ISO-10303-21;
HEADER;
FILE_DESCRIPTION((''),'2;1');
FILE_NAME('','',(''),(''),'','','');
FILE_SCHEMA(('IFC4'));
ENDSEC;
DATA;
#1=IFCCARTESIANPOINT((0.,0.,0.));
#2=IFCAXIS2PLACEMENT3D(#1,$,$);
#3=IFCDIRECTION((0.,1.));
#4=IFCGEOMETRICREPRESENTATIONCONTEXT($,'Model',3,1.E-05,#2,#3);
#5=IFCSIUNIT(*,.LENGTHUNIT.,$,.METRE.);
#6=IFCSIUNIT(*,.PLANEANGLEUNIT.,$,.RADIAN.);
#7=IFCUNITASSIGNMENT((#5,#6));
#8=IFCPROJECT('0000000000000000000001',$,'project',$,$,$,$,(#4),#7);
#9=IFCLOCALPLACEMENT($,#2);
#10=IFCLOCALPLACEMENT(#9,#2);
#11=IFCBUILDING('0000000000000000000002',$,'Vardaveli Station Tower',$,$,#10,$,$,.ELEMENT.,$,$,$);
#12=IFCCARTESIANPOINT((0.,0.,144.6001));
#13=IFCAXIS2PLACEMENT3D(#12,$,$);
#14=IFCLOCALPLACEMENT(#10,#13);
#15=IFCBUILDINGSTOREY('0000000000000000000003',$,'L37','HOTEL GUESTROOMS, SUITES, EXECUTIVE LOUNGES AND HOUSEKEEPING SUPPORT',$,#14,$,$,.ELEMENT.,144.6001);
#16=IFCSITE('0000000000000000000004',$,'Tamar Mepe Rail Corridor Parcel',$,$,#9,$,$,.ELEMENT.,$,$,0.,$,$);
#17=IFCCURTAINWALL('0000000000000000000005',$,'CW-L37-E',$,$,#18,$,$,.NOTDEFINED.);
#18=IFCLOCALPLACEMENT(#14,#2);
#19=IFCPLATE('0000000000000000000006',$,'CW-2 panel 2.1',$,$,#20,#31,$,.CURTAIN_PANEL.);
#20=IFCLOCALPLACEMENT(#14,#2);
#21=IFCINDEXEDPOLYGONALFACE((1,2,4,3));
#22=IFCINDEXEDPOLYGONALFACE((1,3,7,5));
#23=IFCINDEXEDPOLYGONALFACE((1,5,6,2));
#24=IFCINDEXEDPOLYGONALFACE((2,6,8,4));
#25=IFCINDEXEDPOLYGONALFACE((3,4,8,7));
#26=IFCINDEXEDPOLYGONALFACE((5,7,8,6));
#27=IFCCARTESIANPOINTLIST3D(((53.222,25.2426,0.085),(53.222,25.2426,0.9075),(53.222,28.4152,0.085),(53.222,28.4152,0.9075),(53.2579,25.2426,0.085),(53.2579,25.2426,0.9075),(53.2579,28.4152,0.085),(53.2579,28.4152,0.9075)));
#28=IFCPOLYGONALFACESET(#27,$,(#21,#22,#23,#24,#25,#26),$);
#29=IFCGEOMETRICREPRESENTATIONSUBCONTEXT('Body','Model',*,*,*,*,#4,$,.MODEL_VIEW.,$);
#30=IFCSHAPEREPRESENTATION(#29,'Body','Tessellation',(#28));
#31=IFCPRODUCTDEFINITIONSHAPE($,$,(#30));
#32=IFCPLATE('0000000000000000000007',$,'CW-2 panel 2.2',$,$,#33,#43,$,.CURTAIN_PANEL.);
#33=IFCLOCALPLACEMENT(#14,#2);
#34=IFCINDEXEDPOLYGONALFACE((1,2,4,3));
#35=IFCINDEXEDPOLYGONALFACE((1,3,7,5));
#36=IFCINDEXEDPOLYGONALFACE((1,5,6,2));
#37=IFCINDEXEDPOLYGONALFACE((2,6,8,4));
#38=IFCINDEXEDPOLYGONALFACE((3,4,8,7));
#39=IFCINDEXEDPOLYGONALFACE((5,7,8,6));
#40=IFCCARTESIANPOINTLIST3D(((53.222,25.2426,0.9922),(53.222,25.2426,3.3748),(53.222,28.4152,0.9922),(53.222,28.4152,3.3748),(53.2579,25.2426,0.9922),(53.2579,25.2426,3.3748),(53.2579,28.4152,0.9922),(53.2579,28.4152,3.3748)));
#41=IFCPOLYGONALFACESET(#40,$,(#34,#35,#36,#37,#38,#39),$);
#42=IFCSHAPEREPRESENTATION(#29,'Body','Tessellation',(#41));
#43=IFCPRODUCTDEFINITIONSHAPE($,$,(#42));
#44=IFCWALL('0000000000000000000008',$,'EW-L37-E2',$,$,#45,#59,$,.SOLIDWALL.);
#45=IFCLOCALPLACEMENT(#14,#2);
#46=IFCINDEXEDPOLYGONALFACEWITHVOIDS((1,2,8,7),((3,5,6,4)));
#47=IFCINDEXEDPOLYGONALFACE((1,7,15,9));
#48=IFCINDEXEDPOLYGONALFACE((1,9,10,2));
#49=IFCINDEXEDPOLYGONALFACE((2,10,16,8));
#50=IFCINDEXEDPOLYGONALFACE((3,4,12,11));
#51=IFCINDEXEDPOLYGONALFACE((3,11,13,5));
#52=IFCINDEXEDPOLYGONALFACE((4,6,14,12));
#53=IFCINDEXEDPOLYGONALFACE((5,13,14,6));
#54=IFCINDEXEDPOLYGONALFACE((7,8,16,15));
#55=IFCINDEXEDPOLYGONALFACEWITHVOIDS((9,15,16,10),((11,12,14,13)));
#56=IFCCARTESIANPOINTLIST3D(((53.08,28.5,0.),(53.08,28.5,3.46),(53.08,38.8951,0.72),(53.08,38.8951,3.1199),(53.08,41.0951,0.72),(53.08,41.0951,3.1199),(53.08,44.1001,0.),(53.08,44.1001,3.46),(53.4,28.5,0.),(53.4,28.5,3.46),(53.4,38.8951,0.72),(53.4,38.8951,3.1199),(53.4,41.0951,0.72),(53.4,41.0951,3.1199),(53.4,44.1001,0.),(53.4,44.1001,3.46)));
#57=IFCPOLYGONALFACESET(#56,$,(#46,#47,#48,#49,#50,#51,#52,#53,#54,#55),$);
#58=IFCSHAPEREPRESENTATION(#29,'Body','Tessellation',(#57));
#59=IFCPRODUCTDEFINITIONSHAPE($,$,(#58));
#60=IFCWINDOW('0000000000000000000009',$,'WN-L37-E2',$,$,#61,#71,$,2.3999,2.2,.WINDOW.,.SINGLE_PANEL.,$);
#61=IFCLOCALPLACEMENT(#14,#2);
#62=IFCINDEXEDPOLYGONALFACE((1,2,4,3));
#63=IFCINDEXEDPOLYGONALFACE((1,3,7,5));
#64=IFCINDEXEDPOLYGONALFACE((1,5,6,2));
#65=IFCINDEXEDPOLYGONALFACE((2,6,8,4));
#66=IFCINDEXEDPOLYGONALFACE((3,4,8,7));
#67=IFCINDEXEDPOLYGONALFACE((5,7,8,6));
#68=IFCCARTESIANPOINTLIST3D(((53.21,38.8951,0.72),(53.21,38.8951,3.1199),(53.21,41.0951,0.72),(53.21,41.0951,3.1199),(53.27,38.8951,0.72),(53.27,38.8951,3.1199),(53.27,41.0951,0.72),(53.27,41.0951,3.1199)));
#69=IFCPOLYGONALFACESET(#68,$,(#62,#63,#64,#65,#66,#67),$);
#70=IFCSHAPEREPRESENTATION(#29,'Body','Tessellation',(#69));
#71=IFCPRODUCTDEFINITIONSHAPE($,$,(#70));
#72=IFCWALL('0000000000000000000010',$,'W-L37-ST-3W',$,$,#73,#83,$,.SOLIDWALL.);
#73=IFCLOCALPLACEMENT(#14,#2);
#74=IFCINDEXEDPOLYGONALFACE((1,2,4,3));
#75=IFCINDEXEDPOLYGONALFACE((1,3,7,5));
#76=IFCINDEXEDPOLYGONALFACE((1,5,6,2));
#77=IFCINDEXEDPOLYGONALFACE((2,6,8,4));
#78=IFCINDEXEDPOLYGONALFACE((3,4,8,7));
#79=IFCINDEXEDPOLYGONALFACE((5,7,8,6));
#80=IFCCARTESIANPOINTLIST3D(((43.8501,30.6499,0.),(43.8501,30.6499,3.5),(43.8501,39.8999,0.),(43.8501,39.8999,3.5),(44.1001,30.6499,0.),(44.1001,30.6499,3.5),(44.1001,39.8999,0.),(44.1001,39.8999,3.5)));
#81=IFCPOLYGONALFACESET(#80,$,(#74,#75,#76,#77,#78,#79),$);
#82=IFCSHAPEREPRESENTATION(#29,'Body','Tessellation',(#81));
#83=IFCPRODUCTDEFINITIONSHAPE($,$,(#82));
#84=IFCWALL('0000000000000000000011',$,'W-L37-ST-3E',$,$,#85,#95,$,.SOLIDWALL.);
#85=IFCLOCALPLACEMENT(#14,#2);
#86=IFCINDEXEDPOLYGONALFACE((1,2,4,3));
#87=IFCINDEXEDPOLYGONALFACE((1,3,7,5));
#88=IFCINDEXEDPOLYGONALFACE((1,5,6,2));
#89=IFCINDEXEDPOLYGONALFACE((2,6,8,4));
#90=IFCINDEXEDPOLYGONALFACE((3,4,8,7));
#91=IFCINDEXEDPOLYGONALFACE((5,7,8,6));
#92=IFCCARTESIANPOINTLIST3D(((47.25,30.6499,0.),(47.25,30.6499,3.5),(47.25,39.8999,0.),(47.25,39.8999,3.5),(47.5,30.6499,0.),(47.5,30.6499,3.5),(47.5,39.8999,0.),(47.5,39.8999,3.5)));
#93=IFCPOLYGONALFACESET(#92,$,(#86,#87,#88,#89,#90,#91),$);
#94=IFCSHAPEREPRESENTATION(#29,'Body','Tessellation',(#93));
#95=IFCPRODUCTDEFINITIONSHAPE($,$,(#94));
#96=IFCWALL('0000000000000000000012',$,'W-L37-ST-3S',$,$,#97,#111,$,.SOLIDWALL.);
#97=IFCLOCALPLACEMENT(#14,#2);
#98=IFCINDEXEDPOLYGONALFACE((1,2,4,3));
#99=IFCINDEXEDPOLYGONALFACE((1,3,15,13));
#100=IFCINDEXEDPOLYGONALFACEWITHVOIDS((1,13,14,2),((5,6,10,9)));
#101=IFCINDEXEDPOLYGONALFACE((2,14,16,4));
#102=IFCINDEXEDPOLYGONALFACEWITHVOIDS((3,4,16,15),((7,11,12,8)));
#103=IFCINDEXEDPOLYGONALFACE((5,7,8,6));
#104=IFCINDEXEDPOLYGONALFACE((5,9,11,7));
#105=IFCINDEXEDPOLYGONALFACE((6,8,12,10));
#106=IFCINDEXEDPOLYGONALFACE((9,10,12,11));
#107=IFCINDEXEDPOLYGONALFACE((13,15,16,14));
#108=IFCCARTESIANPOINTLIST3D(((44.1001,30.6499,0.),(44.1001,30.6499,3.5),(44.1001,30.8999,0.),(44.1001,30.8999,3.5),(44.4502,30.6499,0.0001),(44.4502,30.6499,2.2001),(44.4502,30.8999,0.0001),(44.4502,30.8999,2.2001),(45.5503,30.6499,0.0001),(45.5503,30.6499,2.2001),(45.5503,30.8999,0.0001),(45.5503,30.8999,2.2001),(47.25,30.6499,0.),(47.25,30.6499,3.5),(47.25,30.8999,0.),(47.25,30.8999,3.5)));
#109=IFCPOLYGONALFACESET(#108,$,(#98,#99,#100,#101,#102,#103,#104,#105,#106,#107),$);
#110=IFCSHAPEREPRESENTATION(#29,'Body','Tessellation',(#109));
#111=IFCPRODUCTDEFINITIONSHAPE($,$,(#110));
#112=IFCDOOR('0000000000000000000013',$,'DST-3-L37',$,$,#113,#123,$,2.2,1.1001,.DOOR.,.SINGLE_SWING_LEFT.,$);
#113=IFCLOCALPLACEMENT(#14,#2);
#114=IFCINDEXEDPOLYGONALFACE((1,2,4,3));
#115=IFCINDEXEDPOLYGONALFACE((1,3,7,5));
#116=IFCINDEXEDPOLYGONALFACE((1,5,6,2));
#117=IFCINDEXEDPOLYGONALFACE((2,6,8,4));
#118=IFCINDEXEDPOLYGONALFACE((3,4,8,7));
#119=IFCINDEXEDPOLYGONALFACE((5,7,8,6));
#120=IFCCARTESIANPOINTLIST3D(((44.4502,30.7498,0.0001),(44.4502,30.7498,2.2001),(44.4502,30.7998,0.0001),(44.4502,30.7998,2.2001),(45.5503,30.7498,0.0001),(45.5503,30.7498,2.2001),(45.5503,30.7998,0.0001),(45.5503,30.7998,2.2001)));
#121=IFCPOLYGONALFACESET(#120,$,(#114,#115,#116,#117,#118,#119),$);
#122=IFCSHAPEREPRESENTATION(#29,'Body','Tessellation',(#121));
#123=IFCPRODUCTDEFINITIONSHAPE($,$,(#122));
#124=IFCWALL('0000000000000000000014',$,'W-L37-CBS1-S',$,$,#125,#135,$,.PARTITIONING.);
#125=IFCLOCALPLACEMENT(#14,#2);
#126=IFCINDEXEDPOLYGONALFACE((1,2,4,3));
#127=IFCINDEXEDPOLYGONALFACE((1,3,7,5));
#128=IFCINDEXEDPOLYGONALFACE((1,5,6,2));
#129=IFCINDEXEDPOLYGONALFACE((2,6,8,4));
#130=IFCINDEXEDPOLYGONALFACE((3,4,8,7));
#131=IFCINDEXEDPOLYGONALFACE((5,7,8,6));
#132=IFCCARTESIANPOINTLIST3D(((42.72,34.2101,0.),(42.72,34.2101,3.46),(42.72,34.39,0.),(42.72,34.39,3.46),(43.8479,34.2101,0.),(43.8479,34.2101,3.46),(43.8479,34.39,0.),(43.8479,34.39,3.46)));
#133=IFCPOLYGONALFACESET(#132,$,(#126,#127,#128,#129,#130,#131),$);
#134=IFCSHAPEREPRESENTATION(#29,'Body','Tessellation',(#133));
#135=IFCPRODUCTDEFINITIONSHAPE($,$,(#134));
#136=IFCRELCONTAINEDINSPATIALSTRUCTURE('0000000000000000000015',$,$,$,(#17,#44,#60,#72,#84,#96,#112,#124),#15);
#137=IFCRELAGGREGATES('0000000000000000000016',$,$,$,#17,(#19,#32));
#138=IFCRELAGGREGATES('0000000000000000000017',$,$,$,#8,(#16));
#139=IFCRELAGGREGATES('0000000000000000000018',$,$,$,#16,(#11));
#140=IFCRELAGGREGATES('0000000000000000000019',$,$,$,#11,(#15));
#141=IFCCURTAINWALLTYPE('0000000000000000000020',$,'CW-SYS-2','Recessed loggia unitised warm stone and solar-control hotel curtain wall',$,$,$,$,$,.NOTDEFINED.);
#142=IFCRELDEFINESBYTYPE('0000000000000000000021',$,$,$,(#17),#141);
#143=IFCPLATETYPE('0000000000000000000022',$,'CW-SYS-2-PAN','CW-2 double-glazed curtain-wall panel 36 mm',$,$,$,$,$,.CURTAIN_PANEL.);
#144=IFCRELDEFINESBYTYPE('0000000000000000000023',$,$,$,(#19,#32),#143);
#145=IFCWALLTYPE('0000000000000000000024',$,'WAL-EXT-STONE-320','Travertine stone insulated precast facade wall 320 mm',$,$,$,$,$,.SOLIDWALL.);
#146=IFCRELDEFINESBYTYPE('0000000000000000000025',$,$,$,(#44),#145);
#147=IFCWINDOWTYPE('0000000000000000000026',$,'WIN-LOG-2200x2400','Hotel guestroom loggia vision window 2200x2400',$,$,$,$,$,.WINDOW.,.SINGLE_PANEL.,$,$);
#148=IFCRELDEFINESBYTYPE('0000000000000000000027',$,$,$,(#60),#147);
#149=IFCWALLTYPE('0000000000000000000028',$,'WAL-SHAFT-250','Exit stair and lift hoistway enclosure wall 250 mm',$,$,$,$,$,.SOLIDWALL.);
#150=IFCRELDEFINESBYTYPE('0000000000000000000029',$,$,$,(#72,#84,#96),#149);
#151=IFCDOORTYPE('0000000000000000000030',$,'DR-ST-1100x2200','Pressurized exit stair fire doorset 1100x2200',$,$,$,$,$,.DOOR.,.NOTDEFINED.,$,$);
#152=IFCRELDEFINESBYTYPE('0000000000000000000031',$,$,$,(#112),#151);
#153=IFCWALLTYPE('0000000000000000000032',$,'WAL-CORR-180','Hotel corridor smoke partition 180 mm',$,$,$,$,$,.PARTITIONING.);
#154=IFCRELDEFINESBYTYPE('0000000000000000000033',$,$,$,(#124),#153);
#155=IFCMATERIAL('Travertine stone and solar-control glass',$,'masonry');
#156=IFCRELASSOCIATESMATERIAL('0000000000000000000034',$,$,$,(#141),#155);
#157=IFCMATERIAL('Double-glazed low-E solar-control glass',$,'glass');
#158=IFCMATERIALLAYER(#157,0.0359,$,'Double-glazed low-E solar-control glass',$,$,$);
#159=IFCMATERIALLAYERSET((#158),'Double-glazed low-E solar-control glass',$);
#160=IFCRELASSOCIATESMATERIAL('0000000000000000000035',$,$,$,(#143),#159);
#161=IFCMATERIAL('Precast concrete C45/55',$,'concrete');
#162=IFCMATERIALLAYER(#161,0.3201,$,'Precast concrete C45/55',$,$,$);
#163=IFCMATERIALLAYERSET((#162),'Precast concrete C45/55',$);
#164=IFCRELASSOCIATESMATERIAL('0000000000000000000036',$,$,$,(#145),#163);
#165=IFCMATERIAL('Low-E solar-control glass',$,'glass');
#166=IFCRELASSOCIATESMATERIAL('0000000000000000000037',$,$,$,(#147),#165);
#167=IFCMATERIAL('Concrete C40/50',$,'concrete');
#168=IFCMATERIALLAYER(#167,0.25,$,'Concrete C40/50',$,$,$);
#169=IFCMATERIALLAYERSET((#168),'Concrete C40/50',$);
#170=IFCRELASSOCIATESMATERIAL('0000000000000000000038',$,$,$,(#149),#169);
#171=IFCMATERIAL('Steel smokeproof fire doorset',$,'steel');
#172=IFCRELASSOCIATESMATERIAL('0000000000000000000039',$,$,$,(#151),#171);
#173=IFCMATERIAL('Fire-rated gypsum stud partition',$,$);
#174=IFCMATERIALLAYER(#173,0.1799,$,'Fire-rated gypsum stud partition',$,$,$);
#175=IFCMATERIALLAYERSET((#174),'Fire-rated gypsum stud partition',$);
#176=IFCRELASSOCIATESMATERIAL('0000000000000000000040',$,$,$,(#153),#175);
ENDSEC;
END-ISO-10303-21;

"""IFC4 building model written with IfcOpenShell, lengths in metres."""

from ifc_helpers import new_model, si_unit, direction, frame, frame_2d, origin, origin_2d, place, context, subcontext, project, spatial, rectangle, extrude, source, transform, mapped, material, layer, layer_set, type_object, element, fill, aggregate, save


model = new_model("IFC4")

# Units and contexts
model_context = context("Model", 3, precision=1e-05, world=origin(), true_north=direction((0.0, 1.0)))
body_context = subcontext(model_context, "Body", "Model", "MODEL_VIEW")
ifc_project = project(units=[si_unit("LENGTHUNIT", "METRE"), si_unit("PLANEANGLEUNIT", "RADIAN")], contexts=[model_context])

# Site, building, storey
site_placement = place(None, origin())
site = spatial("IfcSite", under=ifc_project, at=site_placement, Name="Tamar Mepe Rail Corridor Parcel", CompositionType="ELEMENT", RefElevation=0.0)
building_placement = place(site_placement, origin())
building = spatial("IfcBuilding", under=site, at=building_placement, Name="Vardaveli Station Tower", CompositionType="ELEMENT")
storey_placement = place(building_placement, frame((0.0, 0.0, 144.6001)))
storey = spatial("IfcBuildingStorey", under=building, at=storey_placement, Name="L37", Description="HOTEL GUESTROOMS, SUITES, EXECUTIVE LOUNGES AND HOUSEKEEPING SUPPORT", CompositionType="ELEMENT", Elevation=144.6001)

# Shared definitions
ifc_material_1 = material(Name="Precast concrete C45/55", Category="concrete")

# Curtain wall, plates
ifc_material_2 = material(Name="Travertine stone and solar-control glass", Category="masonry")
curtain_wall_type = type_object("IfcCurtainWallType", Name="CW-SYS-2", Description="Recessed loggia unitised warm stone and solar-control hotel curtain wall", PredefinedType="NOTDEFINED", material=ifc_material_2)
curtain_wall_placement = place(storey_placement, origin())
curtain_wall = element("IfcCurtainWall", 1, at=curtain_wall_placement, inside=storey, type_object=curtain_wall_type, Name="CW-L37-E", PredefinedType="NOTDEFINED")
ifc_material_3 = material(Name="Double-glazed low-E solar-control glass", Category="glass")
ifc_layer_1 = layer(ifc_material_3, 0.0359, Name="Double-glazed low-E solar-control glass")
ifc_layer_set_1 = layer_set([ifc_layer_1], Name="Double-glazed low-E solar-control glass")
plate_type = type_object("IfcPlateType", Name="CW-SYS-2-PAN", Description="CW-2 double-glazed curtain-wall panel 36 mm", PredefinedType="CURTAIN_PANEL", material=ifc_layer_set_1)
shared_shape_1 = source(origin(), body_context, "Body", "SweptSolid", [
    extrude(rectangle(XDim=3.1726, YDim=0.0359, at=origin_2d()), origin(), (0.0, 0.0, 1.0), 0.8225),
])
plate_1_placement = place(storey_placement, frame((53.24, 26.8289, 0.085), z_axis=(0.0, 0.0, 1.0), x_axis=(0.0, 1.0, 0.0)))
plate_1 = element("IfcPlate", 2, at=plate_1_placement, type_object=plate_type, Name="CW-2 panel 2.1", PredefinedType="CURTAIN_PANEL", context=body_context, shape_type="MappedRepresentation", body=[
    mapped(shared_shape_1, transform((0.0, 0.0, 0.0), scale=1.0)),
])
shared_shape_2 = source(origin(), body_context, "Body", "SweptSolid", [
    extrude(rectangle(XDim=3.1726, YDim=0.0359, at=origin_2d()), origin(), (0.0, 0.0, 1.0), 2.3826),
])
plate_2_placement = place(storey_placement, frame((53.24, 26.8289, 0.9922), z_axis=(0.0, 0.0, 1.0), x_axis=(0.0, 1.0, 0.0)))
plate_2 = element("IfcPlate", 3, at=plate_2_placement, type_object=plate_type, Name="CW-2 panel 2.2", PredefinedType="CURTAIN_PANEL", context=body_context, shape_type="MappedRepresentation", body=[
    mapped(shared_shape_2, transform((0.0, 0.0, 0.0), scale=1.0)),
])
aggregate(curtain_wall, [plate_1, plate_2])

# Wall, opening, window
ifc_layer_2 = layer(ifc_material_1, 0.3201, Name="Precast concrete C45/55")
ifc_layer_set_2 = layer_set([ifc_layer_2], Name="Precast concrete C45/55")
wall_type_1 = type_object("IfcWallType", Name="WAL-EXT-STONE-320", Description="Travertine stone insulated precast facade wall 320 mm", PredefinedType="SOLIDWALL", material=ifc_layer_set_2)
shared_shape_3 = source(origin(), body_context, "Body", "SweptSolid", [
    extrude(rectangle(XDim=15.6001, YDim=0.3201, at=frame_2d((7.8, 0.0))), origin(), (0.0, 0.0, 1.0), 3.46),
])
wall_1_placement = place(storey_placement, frame((53.24, 28.5, 0.0), z_axis=(0.0, 0.0, 1.0), x_axis=(0.0, 1.0, 0.0)))
wall_1 = element("IfcWall", 4, at=wall_1_placement, inside=storey, type_object=wall_type_1, Name="EW-L37-E2", PredefinedType="SOLIDWALL", context=body_context, shape_type="MappedRepresentation", body=[
    mapped(shared_shape_3, transform((0.0, 0.0, 0.0), scale=1.0)),
])
shared_shape_4 = source(origin(), body_context, "Body", "SweptSolid", [
    extrude(rectangle(XDim=2.2, YDim=2.3999, at=frame_2d((1.1001, 1.2))), frame((0.0, 0.1699, 0.0), z_axis=(0.0, -1.0, 0.0), x_axis=(1.0, 0.0, 0.0)), (0.0, 0.0, 1.0), 0.3401),
])
opening_1_placement = place(wall_1_placement, frame((10.395, 0.0, 0.72)))
opening_1 = element("IfcOpeningElement", 5, at=opening_1_placement, cuts=wall_1, PredefinedType="OPENING", context=body_context, shape_type="MappedRepresentation", body=[
    mapped(shared_shape_4, transform((0.0, 0.0, 0.0), scale=1.0)),
])
ifc_material_4 = material(Name="Low-E solar-control glass", Category="glass")
window_type = type_object("IfcWindowType", Name="WIN-LOG-2200x2400", Description="Hotel guestroom loggia vision window 2200x2400", PartitioningType="SINGLE_PANEL", PredefinedType="WINDOW", material=ifc_material_4)
shared_shape_5 = source(origin(), body_context, "Body", "SweptSolid", [
    extrude(rectangle(XDim=2.2, YDim=2.3999, at=frame_2d((1.1001, 1.2))), frame((0.0, 0.03, 0.0), z_axis=(0.0, -1.0, 0.0), x_axis=(1.0, 0.0, 0.0)), (0.0, 0.0, 1.0), 0.0601),
])
window_placement = place(opening_1_placement, origin())
window = element("IfcWindow", 6, at=window_placement, inside=storey, type_object=window_type, Name="WN-L37-E2", OverallHeight=2.3999, OverallWidth=2.2, PartitioningType="SINGLE_PANEL", PredefinedType="WINDOW", context=body_context, shape_type="MappedRepresentation", body=[
    mapped(shared_shape_5, transform((0.0, 0.0, 0.0), scale=1.0)),
])
fill(opening_1, window)

# Walls
ifc_material_5 = material(Name="Concrete C40/50", Category="concrete")
ifc_layer_3 = layer(ifc_material_5, 0.25, Name="Concrete C40/50")
ifc_layer_set_3 = layer_set([ifc_layer_3], Name="Concrete C40/50")
wall_type_2 = type_object("IfcWallType", Name="WAL-SHAFT-250", Description="Exit stair and lift hoistway enclosure wall 250 mm", PredefinedType="SOLIDWALL", material=ifc_layer_set_3)
shared_shape_6 = source(origin(), body_context, "Body", "SweptSolid", [
    extrude(rectangle(XDim=9.25, YDim=0.25, at=frame_2d((4.625, 0.0))), origin(), (0.0, 0.0, 1.0), 3.5),
])
for number, where, z_axis, x_axis, name in (
    (7, (43.9751, 30.6499, 0.0), (0.0, 0.0, 1.0), (0.0, 1.0, 0.0), "W-L37-ST-3W"),
    (8, (47.375, 30.6499, 0.0), (0.0, 0.0, 1.0), (0.0, 1.0, 0.0), "W-L37-ST-3E"),
):
    element("IfcWall", number, at=place(storey_placement, frame(where, z_axis=z_axis, x_axis=x_axis)), inside=storey, type_object=wall_type_2, Name=name, PredefinedType="SOLIDWALL", context=body_context, shape_type="MappedRepresentation", body=[
        mapped(shared_shape_6, transform((0.0, 0.0, 0.0), scale=1.0)),
    ])

# Wall, opening, door
shared_shape_7 = source(origin(), body_context, "Body", "SweptSolid", [
    extrude(rectangle(XDim=3.1499, YDim=0.25, at=frame_2d((1.575, 0.0))), origin(), (0.0, 0.0, 1.0), 3.5),
])
wall_2_placement = place(storey_placement, frame((44.1001, 30.7749, 0.0), z_axis=(0.0, 0.0, 1.0), x_axis=(1.0, 0.0, 0.0)))
wall_2 = element("IfcWall", 9, at=wall_2_placement, inside=storey, type_object=wall_type_2, Name="W-L37-ST-3S", PredefinedType="SOLIDWALL", context=body_context, shape_type="MappedRepresentation", body=[
    mapped(shared_shape_7, transform((0.0, 0.0, 0.0), scale=1.0)),
])
shared_shape_8 = source(origin(), body_context, "Body", "SweptSolid", [
    extrude(rectangle(XDim=1.1001, YDim=2.2, at=frame_2d((0.55, 1.1001))), frame((0.0, 0.135, 0.0), z_axis=(0.0, -1.0, 0.0), x_axis=(1.0, 0.0, 0.0)), (0.0, 0.0, 1.0), 0.27),
])
opening_2_placement = place(wall_2_placement, frame((0.3501, 0.0, 0.0)))
opening_2 = element("IfcOpeningElement", 10, at=opening_2_placement, cuts=wall_2, PredefinedType="OPENING", context=body_context, shape_type="MappedRepresentation", body=[
    mapped(shared_shape_8, transform((0.0, 0.0, 0.0), scale=1.0)),
])
ifc_material_6 = material(Name="Steel smokeproof fire doorset", Category="steel")
door_type_1 = type_object("IfcDoorType", Name="DR-ST-1100x2200", Description="Pressurized exit stair fire doorset 1100x2200", OperationType="NOTDEFINED", PredefinedType="DOOR", material=ifc_material_6)
shared_shape_9 = source(origin(), body_context, "Body", "SweptSolid", [
    extrude(rectangle(XDim=1.1001, YDim=2.2, at=frame_2d((0.55, 1.1001))), frame((0.0, 0.0249, 0.0), z_axis=(0.0, -1.0, 0.0), x_axis=(1.0, 0.0, 0.0)), (0.0, 0.0, 1.0), 0.05),
])
door_1_placement = place(opening_2_placement, origin())
door_1 = element("IfcDoor", 11, at=door_1_placement, inside=storey, type_object=door_type_1, Name="DST-3-L37", OperationType="SINGLE_SWING_LEFT", OverallHeight=2.2, OverallWidth=1.1001, PredefinedType="DOOR", context=body_context, shape_type="MappedRepresentation", body=[
    mapped(shared_shape_9, transform((0.0, 0.0, 0.0), scale=1.0)),
])
fill(opening_2, door_1)
ifc_material_7 = material(Name="Fire-rated gypsum stud partition")
ifc_layer_4 = layer(ifc_material_7, 0.1799, Name="Fire-rated gypsum stud partition")
ifc_layer_set_4 = layer_set([ifc_layer_4], Name="Fire-rated gypsum stud partition")
wall_type_3 = type_object("IfcWallType", Name="WAL-CORR-180", Description="Hotel corridor smoke partition 180 mm", PredefinedType="PARTITIONING", material=ifc_layer_set_4)

# Wall
shared_shape_10 = source(origin(), body_context, "Body", "SweptSolid", [
    extrude(rectangle(XDim=1.1279, YDim=0.1799, at=frame_2d((0.564, 0.0))), origin(), (0.0, 0.0, 1.0), 3.46),
])
wall_3_placement = place(storey_placement, frame((42.72, 34.3, 0.0), z_axis=(0.0, 0.0, 1.0), x_axis=(1.0, 0.0, 0.0)))
element("IfcWall", 12, at=wall_3_placement, inside=storey, type_object=wall_type_3, Name="W-L37-CBS1-S", PredefinedType="PARTITIONING", context=body_context, shape_type="MappedRepresentation", body=[
    mapped(shared_shape_10, transform((0.0, 0.0, 0.0), scale=1.0)),
])

save(model, "model.ifc")
